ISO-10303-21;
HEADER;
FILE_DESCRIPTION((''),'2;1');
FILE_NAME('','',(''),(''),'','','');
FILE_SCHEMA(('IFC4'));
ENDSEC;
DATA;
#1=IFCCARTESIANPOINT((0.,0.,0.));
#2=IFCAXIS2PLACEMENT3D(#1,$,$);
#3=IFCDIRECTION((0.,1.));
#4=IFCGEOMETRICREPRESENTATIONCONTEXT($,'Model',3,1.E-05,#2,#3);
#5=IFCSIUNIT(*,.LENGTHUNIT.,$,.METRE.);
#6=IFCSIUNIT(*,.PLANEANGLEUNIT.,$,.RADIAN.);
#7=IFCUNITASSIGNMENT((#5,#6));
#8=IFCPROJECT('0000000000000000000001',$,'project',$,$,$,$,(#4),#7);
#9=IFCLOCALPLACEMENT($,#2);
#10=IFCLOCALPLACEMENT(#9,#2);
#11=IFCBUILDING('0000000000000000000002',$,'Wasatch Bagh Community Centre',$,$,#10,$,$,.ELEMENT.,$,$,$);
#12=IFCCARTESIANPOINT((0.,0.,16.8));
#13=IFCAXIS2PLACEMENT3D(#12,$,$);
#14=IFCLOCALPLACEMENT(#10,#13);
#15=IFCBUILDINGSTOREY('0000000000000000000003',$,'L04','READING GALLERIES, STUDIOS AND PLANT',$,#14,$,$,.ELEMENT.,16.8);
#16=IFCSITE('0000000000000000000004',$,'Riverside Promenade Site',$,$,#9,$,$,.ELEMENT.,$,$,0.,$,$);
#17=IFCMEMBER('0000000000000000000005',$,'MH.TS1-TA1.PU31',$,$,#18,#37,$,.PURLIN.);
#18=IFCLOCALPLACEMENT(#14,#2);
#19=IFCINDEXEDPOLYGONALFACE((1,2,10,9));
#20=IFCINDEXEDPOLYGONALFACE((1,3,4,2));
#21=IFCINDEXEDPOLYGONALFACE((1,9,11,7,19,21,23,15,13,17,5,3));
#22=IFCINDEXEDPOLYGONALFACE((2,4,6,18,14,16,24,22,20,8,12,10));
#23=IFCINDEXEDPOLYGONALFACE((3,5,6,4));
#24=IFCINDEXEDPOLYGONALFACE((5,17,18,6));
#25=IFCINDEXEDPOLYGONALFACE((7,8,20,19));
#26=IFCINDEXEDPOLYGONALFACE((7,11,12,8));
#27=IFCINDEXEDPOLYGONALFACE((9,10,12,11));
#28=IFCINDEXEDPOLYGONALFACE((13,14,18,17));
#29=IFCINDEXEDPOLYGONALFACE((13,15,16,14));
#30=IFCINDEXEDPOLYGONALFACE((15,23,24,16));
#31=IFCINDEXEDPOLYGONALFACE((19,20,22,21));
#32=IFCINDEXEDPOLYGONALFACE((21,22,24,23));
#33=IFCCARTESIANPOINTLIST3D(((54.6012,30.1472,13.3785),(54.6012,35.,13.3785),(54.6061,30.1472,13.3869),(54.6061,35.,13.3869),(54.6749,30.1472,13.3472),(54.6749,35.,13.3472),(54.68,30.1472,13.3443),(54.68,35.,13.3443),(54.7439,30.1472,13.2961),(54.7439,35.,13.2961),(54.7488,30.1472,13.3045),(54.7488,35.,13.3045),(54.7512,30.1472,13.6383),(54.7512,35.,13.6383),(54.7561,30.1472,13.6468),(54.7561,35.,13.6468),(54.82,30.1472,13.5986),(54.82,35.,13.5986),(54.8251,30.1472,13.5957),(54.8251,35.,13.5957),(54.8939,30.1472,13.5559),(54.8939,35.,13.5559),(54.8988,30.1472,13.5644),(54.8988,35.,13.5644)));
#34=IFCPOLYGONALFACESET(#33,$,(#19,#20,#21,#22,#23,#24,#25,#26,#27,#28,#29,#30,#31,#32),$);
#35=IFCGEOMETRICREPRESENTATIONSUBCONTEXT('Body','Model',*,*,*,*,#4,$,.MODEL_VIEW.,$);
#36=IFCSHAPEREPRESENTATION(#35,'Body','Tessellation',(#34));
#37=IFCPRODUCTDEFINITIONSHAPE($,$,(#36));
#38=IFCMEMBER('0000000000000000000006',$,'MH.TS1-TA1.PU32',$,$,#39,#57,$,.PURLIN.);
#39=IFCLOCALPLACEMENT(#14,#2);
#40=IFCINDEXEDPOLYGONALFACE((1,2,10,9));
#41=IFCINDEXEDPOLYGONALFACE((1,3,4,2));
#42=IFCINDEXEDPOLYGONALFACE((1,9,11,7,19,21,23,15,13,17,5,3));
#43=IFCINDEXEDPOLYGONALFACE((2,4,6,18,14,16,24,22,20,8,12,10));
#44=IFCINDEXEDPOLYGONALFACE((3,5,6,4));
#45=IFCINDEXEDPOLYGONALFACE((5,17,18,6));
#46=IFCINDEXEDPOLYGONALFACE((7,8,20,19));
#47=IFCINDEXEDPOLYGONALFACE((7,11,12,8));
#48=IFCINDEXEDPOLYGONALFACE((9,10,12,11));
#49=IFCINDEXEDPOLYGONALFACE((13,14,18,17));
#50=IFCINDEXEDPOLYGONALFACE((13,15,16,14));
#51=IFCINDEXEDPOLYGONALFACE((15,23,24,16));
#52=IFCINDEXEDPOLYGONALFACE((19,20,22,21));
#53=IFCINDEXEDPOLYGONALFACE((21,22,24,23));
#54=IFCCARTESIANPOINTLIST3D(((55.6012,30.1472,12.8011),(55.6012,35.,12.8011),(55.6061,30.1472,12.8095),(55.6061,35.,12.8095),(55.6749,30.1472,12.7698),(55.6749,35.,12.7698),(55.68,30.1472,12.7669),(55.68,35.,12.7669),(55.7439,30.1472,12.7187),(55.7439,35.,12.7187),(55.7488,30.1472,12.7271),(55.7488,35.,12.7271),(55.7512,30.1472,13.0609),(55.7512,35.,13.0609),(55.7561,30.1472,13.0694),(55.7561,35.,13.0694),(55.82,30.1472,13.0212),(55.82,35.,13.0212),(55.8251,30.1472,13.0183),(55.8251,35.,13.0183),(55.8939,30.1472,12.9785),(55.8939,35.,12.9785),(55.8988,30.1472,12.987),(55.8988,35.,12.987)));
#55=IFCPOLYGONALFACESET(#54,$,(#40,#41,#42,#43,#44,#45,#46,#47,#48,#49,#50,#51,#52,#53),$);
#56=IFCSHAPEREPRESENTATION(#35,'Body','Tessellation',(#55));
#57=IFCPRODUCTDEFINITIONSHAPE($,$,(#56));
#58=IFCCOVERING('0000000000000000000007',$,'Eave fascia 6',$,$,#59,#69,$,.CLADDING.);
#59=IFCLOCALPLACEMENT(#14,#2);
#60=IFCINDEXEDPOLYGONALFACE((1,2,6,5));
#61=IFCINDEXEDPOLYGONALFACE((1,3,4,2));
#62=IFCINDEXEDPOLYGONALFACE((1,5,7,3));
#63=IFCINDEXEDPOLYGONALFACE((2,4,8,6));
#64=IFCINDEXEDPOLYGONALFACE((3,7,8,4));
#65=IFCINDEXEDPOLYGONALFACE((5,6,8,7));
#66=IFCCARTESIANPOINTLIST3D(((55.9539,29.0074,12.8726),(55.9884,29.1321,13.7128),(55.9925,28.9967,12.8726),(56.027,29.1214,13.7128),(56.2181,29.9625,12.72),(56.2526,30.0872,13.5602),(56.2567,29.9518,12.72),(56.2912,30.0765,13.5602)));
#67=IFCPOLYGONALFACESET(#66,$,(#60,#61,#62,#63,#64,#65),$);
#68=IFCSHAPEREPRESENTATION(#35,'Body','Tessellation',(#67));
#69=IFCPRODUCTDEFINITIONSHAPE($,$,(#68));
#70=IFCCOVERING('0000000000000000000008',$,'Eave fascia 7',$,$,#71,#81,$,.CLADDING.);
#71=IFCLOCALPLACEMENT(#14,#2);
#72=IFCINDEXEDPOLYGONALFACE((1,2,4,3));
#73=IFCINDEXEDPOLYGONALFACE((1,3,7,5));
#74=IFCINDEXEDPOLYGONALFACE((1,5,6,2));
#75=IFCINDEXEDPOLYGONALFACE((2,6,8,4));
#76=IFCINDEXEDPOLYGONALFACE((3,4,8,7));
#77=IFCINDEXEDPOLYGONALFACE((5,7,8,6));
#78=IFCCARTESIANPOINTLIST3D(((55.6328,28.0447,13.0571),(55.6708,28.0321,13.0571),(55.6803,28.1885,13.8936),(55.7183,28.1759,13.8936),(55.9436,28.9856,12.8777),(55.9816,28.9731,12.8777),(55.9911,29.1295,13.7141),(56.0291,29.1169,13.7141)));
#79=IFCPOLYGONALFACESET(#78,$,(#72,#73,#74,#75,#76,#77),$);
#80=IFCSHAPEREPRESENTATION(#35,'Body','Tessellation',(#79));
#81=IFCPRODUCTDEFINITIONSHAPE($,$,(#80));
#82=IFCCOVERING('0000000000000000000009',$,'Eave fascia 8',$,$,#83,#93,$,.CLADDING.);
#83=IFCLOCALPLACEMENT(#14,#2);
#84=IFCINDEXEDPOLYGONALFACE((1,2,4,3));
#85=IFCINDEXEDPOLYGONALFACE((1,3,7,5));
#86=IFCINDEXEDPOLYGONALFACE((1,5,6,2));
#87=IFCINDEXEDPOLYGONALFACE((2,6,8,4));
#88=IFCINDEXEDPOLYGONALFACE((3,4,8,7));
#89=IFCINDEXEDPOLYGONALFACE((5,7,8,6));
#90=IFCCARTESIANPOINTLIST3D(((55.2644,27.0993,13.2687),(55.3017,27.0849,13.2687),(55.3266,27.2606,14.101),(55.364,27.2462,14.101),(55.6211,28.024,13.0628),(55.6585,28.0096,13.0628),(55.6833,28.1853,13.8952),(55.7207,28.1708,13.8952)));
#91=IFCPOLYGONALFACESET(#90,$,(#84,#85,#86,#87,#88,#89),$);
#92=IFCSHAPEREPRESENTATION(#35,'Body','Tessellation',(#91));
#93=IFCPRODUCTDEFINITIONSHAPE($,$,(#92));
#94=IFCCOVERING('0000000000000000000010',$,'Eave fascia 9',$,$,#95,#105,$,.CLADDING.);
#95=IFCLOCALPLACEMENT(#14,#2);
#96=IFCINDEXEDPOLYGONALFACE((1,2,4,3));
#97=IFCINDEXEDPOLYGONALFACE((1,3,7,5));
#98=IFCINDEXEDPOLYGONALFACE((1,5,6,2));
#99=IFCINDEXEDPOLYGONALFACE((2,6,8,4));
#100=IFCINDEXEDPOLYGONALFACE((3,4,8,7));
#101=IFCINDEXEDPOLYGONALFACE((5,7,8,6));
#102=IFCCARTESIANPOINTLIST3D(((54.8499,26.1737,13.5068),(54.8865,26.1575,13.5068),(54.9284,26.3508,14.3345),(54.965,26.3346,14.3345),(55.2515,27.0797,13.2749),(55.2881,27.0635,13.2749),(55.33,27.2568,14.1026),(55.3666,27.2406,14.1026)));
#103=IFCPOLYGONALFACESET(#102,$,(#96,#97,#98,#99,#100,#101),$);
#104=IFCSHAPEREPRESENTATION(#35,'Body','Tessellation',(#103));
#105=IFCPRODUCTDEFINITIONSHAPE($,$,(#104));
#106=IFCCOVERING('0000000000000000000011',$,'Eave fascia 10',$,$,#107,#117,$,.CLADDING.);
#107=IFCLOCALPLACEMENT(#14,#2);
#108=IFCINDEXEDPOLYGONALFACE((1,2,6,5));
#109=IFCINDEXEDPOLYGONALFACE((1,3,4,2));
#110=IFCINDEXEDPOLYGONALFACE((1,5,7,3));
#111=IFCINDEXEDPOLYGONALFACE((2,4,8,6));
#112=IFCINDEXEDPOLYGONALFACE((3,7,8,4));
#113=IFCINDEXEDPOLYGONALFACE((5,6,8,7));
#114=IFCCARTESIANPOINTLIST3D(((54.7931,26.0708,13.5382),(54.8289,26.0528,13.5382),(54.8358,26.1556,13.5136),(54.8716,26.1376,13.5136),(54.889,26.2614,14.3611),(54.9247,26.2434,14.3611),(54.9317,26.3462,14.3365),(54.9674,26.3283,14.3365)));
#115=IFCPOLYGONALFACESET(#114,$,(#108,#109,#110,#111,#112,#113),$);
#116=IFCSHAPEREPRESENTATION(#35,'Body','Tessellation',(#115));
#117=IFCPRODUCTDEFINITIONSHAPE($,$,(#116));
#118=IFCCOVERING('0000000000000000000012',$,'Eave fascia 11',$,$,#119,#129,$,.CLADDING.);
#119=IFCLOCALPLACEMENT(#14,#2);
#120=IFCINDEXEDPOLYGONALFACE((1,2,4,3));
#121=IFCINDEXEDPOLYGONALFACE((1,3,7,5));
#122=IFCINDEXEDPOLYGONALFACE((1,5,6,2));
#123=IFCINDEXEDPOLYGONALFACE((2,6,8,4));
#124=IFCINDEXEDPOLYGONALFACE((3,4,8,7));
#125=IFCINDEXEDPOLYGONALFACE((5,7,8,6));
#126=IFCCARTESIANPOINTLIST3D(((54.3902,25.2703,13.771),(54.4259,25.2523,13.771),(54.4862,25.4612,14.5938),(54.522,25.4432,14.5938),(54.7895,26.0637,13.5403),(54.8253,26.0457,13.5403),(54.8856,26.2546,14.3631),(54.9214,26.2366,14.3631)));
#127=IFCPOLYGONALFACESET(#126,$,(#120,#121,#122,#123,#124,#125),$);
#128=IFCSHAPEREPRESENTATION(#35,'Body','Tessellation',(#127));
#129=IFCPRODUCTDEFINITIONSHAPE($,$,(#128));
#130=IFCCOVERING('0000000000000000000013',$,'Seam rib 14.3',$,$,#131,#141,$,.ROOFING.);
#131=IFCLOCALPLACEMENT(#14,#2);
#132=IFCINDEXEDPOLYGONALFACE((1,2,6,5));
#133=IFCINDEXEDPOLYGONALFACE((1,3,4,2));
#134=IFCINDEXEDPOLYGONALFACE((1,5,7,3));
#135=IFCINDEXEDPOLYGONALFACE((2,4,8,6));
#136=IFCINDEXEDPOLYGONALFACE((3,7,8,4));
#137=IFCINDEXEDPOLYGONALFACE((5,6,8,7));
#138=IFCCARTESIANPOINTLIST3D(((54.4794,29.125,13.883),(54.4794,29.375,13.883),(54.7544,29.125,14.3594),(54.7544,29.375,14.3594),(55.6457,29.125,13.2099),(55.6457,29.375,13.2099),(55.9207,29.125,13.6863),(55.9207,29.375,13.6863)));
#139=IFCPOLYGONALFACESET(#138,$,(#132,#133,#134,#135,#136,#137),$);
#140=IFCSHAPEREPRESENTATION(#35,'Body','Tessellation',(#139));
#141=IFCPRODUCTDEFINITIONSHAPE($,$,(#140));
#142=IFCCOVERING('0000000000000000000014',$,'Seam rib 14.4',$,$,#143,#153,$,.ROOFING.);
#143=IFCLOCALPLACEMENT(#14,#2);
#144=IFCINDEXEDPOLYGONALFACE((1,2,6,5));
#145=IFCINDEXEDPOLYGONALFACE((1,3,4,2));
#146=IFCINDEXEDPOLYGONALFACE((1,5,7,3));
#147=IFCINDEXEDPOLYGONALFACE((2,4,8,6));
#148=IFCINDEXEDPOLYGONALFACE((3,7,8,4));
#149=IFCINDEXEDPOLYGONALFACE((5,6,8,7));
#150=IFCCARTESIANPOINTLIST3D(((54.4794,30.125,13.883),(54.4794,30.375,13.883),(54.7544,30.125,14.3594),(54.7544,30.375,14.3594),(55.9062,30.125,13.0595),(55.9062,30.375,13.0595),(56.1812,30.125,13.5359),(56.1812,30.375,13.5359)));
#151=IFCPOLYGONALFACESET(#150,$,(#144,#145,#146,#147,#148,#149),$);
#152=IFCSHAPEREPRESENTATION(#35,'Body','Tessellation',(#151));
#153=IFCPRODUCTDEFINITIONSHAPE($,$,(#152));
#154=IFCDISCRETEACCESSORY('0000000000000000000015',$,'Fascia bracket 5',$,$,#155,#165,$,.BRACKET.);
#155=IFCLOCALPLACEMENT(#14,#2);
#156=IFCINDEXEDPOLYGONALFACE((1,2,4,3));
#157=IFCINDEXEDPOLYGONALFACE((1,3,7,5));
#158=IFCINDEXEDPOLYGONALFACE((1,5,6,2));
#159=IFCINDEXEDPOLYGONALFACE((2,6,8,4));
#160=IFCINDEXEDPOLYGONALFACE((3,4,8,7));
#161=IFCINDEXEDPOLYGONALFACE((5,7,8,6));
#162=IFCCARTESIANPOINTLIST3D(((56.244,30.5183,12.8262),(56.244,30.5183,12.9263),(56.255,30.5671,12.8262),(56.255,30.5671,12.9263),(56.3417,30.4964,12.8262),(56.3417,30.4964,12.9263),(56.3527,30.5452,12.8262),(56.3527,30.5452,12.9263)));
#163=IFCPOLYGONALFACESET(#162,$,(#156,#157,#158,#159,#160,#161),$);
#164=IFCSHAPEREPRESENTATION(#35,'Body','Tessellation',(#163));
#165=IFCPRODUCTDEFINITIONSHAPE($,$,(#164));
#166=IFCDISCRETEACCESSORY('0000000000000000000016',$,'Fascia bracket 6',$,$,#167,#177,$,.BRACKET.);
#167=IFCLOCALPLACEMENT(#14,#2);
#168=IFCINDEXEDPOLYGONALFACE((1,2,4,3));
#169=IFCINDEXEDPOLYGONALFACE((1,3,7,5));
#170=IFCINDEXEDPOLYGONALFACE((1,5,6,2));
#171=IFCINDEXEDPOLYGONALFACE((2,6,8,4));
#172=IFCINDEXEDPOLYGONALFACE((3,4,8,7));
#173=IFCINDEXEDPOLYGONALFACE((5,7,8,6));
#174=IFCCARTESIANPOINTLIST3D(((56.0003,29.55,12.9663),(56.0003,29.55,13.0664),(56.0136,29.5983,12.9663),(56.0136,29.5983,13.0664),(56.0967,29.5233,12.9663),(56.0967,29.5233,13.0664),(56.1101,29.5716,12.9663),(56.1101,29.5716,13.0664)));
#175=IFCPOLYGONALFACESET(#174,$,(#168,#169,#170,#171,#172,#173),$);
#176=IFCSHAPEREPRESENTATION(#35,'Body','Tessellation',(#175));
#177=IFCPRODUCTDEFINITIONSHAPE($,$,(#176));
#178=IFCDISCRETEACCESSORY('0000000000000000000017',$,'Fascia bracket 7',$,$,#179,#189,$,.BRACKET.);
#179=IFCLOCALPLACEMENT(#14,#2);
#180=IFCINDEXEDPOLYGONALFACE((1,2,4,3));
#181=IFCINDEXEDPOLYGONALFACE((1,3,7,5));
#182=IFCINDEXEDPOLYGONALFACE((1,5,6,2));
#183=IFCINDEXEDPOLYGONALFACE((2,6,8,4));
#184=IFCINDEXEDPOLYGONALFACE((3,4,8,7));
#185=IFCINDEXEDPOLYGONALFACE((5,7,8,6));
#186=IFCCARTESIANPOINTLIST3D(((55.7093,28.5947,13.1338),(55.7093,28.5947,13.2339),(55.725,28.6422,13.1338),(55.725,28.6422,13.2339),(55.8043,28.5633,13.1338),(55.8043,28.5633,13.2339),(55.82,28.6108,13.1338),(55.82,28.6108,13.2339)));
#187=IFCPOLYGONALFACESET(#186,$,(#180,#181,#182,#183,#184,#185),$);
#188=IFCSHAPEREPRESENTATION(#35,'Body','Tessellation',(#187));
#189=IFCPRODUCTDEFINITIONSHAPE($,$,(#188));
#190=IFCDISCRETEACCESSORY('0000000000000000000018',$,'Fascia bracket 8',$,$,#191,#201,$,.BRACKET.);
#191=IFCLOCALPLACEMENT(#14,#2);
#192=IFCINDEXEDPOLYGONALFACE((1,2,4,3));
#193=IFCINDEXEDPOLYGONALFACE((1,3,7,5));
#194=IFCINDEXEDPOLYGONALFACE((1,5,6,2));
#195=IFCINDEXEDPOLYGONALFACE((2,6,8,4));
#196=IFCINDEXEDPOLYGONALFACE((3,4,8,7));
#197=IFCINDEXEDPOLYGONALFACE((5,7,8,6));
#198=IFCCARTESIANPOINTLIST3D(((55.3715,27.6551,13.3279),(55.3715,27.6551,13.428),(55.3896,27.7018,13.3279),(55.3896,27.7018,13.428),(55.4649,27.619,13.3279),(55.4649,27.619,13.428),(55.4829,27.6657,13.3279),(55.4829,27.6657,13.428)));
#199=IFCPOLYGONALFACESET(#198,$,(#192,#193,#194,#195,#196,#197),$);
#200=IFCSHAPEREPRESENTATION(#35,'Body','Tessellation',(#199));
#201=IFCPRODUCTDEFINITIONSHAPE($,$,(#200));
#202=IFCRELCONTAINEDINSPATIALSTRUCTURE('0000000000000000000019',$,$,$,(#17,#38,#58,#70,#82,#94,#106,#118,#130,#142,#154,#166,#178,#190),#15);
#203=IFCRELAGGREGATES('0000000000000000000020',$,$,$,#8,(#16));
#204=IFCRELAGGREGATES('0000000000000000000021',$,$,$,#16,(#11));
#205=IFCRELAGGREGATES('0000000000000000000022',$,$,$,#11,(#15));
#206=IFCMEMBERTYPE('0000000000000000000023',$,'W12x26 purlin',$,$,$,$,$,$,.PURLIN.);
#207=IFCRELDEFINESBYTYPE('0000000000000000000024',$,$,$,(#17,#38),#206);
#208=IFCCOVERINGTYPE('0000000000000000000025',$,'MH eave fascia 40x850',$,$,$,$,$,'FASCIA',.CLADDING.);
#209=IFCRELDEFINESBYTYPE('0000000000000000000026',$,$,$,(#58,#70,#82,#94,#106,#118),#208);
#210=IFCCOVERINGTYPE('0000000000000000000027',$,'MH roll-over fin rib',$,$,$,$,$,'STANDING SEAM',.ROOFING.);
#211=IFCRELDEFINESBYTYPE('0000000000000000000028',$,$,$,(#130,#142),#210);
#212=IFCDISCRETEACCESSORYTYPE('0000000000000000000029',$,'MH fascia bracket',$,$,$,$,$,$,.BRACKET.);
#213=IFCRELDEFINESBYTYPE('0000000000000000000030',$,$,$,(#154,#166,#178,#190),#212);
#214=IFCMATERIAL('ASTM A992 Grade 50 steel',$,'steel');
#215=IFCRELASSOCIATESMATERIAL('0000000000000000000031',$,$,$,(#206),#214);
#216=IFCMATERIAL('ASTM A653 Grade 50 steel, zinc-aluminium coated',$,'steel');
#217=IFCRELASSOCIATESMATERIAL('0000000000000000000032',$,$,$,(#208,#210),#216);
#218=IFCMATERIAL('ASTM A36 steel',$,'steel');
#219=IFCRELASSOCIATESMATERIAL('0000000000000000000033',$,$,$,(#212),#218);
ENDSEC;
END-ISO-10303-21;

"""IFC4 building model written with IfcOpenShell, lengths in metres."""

from ifc_helpers import new_model, si_unit, direction, frame, origin, origin_2d, place, context, subcontext, project, spatial, polyline, rectangle, i_section, outline, extrude, material, material_profile, profile_set, type_object, element, save


model = new_model("IFC4")

# Units and contexts
model_context = context("Model", 3, precision=1e-05, world=origin(), true_north=direction((0.0, 1.0)))
body_context = subcontext(model_context, "Body", "Model", "MODEL_VIEW")
ifc_project = project(units=[si_unit("LENGTHUNIT", "METRE"), si_unit("PLANEANGLEUNIT", "RADIAN")], contexts=[model_context])

# Site, building, storey
site_placement = place(None, origin())
site = spatial("IfcSite", under=ifc_project, at=site_placement, Name="Riverside Promenade Site", CompositionType="ELEMENT", RefElevation=0.0)
building_placement = place(site_placement, origin())
building = spatial("IfcBuilding", under=site, at=building_placement, Name="Wasatch Bagh Community Centre", CompositionType="ELEMENT")
storey_placement = place(building_placement, frame((0.0, 0.0, 16.8)))
storey = spatial("IfcBuildingStorey", under=building, at=storey_placement, Name="L04", Description="READING GALLERIES, STUDIOS AND PLANT", CompositionType="ELEMENT", Elevation=16.8)

# Members
ifc_material_1 = material(Name="ASTM A992 Grade 50 steel", Category="steel")
ifc_material_profile_1 = material_profile(ifc_material_1, i_section(OverallWidth=0.1648, OverallDepth=0.3098, WebThickness=0.0059, FlangeThickness=0.0098, at=origin_2d()), Name="W12x26")
ifc_profile_set_1 = profile_set([ifc_material_profile_1], Name="ASTM A992 Grade 50 steel")
member_type = type_object("IfcMemberType", Name="W12x26 purlin", PredefinedType="PURLIN", material=ifc_profile_set_1)
for number, where, z_axis, x_axis, name in (
    (1, (54.75, 30.1472, 13.4714), (0.0, 1.0, 0.0), (-0.866025, 0.0, 0.5), "MH.TS1-TA1.PU31"),
    (2, (55.75, 30.1472, 12.894), (0.0, 1.0, 0.0), (-0.866025, 0.0, 0.5), "MH.TS1-TA1.PU32"),
):
    element("IfcMember", number, at=place(storey_placement, frame(where, z_axis=z_axis, x_axis=x_axis)), inside=storey, type_object=member_type, Name=name, PredefinedType="PURLIN", context=body_context, shape_type="SweptSolid", body=[
        extrude(i_section(OverallWidth=0.1648, OverallDepth=0.3098, WebThickness=0.0059, FlangeThickness=0.0098, at=origin_2d()), origin(), (0.0, 0.0, 1.0), 4.8528),
    ])

# Coverings
ifc_material_2 = material(Name="ASTM A653 Grade 50 steel, zinc-aluminium coated", Category="steel")
ifc_material_profile_2 = material_profile(ifc_material_2, rectangle(XDim=0.04, YDim=0.8501, at=origin_2d()), Name="FASCIA 40x850")
ifc_profile_set_2 = profile_set([ifc_material_profile_2], Name="ASTM A653 Grade 50 steel, zinc-aluminium coated")
covering_type_1 = type_object("IfcCoveringType", Name="MH eave fascia 40x850", ElementType="FASCIA", PredefinedType="CLADDING", material=ifc_profile_set_2)
covering_1_placement = place(storey_placement, frame((56.2546, 30.0195, 13.1401), z_axis=(-0.263471, -0.952587, 0.15219), x_axis=(0.963814, -0.266576, 0.0)))
element("IfcCovering", 3, at=covering_1_placement, inside=storey, type_object=covering_type_1, Name="Eave fascia 6", PredefinedType="CLADDING", context=body_context, shape_type="SweptSolid", body=[
    extrude(rectangle(XDim=0.04, YDim=0.8501, at=origin_2d()), origin(), (0.0, 0.0, 1.0), 1.0027),
])
covering_2_placement = place(storey_placement, frame((55.9863, 29.0513, 13.2959), z_axis=(-0.30862, -0.934346, 0.17819), x_axis=(0.949542, -0.31364, 0.0)))
element("IfcCovering", 4, at=covering_2_placement, inside=storey, type_object=covering_type_1, Name="Eave fascia 7", PredefinedType="CLADDING", context=body_context, shape_type="SweptSolid", body=[
    extrude(rectangle(XDim=0.04, YDim=0.8501, at=origin_2d()), origin(), (0.0, 0.0, 1.0), 1.0071),
])
covering_3_placement = place(storey_placement, frame((55.6709, 28.0974, 13.479), z_axis=(-0.352416, -0.913484, 0.203345), x_axis=(0.932977, -0.359936, 0.0)))
element("IfcCovering", 5, at=covering_3_placement, inside=storey, type_object=covering_type_1, Name="Eave fascia 8", PredefinedType="CLADDING", context=body_context, shape_type="SweptSolid", body=[
    extrude(rectangle(XDim=0.04, YDim=0.8501, at=origin_2d()), origin(), (0.0, 0.0, 1.0), 1.0122),
])
covering_4_placement = place(storey_placement, frame((55.3091, 27.1602, 13.6887), z_axis=(-0.394585, -0.890155, 0.227876), x_axis=(0.914207, -0.405247, 0.0)))
element("IfcCovering", 6, at=covering_4_placement, inside=storey, type_object=covering_type_1, Name="Eave fascia 9", PredefinedType="CLADDING", context=body_context, shape_type="SweptSolid", body=[
    extrude(rectangle(XDim=0.04, YDim=0.8501, at=origin_2d()), origin(), (0.0, 0.0, 1.0), 1.0178),
])
covering_5_placement = place(storey_placement, frame((54.9016, 26.2419, 13.925), z_axis=(-0.434885, -0.8648, 0.250991), x_axis=(0.893398, -0.449266, 0.0)))
element("IfcCovering", 7, at=covering_5_placement, inside=storey, type_object=covering_type_1, Name="Eave fascia 10", PredefinedType="CLADDING", context=body_context, shape_type="SweptSolid", body=[
    extrude(rectangle(XDim=0.04, YDim=0.8501, at=origin_2d()), origin(), (0.0, 0.0, 1.0), 0.0981),
])
covering_6_placement = place(storey_placement, frame((54.8555, 26.1501, 13.9517), z_axis=(-0.435192, -0.864532, 0.251379), x_axis=(0.893215, -0.449631, 0.0)))
element("IfcCovering", 8, at=covering_6_placement, inside=storey, type_object=covering_type_1, Name="Eave fascia 11", PredefinedType="CLADDING", context=body_context, shape_type="SweptSolid", body=[
    extrude(rectangle(XDim=0.04, YDim=0.8501, at=origin_2d()), origin(), (0.0, 0.0, 1.0), 0.9177),
])
covering_type_2 = type_object("IfcCoveringType", Name="MH roll-over fin rib", ElementType="STANDING SEAM", PredefinedType="ROOFING", material=ifc_material_2)
covering_7_placement = place(storey_placement, frame((54.7544, 29.125, 14.3594), z_axis=(0.499864, 0.0, 0.866104), x_axis=(0.866104, 0.0, -0.499864)))
element("IfcCovering", 9, at=covering_7_placement, inside=storey, type_object=covering_type_2, Name="Seam rib 14.3", PredefinedType="ROOFING", context=body_context, shape_type="SweptSolid", body=[
    extrude(outline(polyline([(0.0, 0.0), (1.3466, 0.0), (1.3466, 0.25), (0.0, 0.25), (0.0, 0.0)])), origin(), (0.0, 0.0, -1.0), 0.55),
])
covering_8_placement = place(storey_placement, frame((54.7544, 30.125, 14.3594), z_axis=(0.499885, 0.0, 0.866092), x_axis=(0.866092, 0.0, -0.499885)))
element("IfcCovering", 10, at=covering_8_placement, inside=storey, type_object=covering_type_2, Name="Seam rib 14.4", PredefinedType="ROOFING", context=body_context, shape_type="SweptSolid", body=[
    extrude(outline(polyline([(0.0, 0.0), (1.6474, 0.0), (1.6474, 0.25), (0.0, 0.25), (0.0, 0.0)])), origin(), (0.0, 0.0, -1.0), 0.55),
])

# Discrete accessories
ifc_material_3 = material(Name="ASTM A36 steel", Category="steel")
discrete_accessory_type_1 = type_object("IfcDiscreteAccessoryType", Name="MH fascia bracket", PredefinedType="BRACKET", material=ifc_material_3)
for number, where, z_axis, x_axis, name in (
    (11, (56.2983, 30.5317, 12.8262), (0.0, 0.0, 1.0), (0.975702, -0.219101, 0.0), "Fascia bracket 5"),
    (12, (56.0552, 29.5608, 12.9663), (0.0, 0.0, 1.0), (0.963776, -0.266713, 0.0), "Fascia bracket 6"),
    (13, (55.7646, 28.6028, 13.1338), (0.0, 0.0, 1.0), (0.949528, -0.313682, 0.0), "Fascia bracket 7"),
    (14, (55.4272, 27.6604, 13.3279), (0.0, 0.0, 1.0), (0.932993, -0.359895, 0.0), "Fascia bracket 8"),
):
    element("IfcDiscreteAccessory", number, at=place(storey_placement, frame(where, z_axis=z_axis, x_axis=x_axis)), inside=storey, type_object=discrete_accessory_type_1, Name=name, PredefinedType="BRACKET", context=body_context, shape_type="SweptSolid", body=[
        extrude(rectangle(XDim=0.1001, YDim=0.05, at=origin_2d()), origin(), (0.0, 0.0, 1.0), 0.1001),
    ])

save(model, "model.ifc")
